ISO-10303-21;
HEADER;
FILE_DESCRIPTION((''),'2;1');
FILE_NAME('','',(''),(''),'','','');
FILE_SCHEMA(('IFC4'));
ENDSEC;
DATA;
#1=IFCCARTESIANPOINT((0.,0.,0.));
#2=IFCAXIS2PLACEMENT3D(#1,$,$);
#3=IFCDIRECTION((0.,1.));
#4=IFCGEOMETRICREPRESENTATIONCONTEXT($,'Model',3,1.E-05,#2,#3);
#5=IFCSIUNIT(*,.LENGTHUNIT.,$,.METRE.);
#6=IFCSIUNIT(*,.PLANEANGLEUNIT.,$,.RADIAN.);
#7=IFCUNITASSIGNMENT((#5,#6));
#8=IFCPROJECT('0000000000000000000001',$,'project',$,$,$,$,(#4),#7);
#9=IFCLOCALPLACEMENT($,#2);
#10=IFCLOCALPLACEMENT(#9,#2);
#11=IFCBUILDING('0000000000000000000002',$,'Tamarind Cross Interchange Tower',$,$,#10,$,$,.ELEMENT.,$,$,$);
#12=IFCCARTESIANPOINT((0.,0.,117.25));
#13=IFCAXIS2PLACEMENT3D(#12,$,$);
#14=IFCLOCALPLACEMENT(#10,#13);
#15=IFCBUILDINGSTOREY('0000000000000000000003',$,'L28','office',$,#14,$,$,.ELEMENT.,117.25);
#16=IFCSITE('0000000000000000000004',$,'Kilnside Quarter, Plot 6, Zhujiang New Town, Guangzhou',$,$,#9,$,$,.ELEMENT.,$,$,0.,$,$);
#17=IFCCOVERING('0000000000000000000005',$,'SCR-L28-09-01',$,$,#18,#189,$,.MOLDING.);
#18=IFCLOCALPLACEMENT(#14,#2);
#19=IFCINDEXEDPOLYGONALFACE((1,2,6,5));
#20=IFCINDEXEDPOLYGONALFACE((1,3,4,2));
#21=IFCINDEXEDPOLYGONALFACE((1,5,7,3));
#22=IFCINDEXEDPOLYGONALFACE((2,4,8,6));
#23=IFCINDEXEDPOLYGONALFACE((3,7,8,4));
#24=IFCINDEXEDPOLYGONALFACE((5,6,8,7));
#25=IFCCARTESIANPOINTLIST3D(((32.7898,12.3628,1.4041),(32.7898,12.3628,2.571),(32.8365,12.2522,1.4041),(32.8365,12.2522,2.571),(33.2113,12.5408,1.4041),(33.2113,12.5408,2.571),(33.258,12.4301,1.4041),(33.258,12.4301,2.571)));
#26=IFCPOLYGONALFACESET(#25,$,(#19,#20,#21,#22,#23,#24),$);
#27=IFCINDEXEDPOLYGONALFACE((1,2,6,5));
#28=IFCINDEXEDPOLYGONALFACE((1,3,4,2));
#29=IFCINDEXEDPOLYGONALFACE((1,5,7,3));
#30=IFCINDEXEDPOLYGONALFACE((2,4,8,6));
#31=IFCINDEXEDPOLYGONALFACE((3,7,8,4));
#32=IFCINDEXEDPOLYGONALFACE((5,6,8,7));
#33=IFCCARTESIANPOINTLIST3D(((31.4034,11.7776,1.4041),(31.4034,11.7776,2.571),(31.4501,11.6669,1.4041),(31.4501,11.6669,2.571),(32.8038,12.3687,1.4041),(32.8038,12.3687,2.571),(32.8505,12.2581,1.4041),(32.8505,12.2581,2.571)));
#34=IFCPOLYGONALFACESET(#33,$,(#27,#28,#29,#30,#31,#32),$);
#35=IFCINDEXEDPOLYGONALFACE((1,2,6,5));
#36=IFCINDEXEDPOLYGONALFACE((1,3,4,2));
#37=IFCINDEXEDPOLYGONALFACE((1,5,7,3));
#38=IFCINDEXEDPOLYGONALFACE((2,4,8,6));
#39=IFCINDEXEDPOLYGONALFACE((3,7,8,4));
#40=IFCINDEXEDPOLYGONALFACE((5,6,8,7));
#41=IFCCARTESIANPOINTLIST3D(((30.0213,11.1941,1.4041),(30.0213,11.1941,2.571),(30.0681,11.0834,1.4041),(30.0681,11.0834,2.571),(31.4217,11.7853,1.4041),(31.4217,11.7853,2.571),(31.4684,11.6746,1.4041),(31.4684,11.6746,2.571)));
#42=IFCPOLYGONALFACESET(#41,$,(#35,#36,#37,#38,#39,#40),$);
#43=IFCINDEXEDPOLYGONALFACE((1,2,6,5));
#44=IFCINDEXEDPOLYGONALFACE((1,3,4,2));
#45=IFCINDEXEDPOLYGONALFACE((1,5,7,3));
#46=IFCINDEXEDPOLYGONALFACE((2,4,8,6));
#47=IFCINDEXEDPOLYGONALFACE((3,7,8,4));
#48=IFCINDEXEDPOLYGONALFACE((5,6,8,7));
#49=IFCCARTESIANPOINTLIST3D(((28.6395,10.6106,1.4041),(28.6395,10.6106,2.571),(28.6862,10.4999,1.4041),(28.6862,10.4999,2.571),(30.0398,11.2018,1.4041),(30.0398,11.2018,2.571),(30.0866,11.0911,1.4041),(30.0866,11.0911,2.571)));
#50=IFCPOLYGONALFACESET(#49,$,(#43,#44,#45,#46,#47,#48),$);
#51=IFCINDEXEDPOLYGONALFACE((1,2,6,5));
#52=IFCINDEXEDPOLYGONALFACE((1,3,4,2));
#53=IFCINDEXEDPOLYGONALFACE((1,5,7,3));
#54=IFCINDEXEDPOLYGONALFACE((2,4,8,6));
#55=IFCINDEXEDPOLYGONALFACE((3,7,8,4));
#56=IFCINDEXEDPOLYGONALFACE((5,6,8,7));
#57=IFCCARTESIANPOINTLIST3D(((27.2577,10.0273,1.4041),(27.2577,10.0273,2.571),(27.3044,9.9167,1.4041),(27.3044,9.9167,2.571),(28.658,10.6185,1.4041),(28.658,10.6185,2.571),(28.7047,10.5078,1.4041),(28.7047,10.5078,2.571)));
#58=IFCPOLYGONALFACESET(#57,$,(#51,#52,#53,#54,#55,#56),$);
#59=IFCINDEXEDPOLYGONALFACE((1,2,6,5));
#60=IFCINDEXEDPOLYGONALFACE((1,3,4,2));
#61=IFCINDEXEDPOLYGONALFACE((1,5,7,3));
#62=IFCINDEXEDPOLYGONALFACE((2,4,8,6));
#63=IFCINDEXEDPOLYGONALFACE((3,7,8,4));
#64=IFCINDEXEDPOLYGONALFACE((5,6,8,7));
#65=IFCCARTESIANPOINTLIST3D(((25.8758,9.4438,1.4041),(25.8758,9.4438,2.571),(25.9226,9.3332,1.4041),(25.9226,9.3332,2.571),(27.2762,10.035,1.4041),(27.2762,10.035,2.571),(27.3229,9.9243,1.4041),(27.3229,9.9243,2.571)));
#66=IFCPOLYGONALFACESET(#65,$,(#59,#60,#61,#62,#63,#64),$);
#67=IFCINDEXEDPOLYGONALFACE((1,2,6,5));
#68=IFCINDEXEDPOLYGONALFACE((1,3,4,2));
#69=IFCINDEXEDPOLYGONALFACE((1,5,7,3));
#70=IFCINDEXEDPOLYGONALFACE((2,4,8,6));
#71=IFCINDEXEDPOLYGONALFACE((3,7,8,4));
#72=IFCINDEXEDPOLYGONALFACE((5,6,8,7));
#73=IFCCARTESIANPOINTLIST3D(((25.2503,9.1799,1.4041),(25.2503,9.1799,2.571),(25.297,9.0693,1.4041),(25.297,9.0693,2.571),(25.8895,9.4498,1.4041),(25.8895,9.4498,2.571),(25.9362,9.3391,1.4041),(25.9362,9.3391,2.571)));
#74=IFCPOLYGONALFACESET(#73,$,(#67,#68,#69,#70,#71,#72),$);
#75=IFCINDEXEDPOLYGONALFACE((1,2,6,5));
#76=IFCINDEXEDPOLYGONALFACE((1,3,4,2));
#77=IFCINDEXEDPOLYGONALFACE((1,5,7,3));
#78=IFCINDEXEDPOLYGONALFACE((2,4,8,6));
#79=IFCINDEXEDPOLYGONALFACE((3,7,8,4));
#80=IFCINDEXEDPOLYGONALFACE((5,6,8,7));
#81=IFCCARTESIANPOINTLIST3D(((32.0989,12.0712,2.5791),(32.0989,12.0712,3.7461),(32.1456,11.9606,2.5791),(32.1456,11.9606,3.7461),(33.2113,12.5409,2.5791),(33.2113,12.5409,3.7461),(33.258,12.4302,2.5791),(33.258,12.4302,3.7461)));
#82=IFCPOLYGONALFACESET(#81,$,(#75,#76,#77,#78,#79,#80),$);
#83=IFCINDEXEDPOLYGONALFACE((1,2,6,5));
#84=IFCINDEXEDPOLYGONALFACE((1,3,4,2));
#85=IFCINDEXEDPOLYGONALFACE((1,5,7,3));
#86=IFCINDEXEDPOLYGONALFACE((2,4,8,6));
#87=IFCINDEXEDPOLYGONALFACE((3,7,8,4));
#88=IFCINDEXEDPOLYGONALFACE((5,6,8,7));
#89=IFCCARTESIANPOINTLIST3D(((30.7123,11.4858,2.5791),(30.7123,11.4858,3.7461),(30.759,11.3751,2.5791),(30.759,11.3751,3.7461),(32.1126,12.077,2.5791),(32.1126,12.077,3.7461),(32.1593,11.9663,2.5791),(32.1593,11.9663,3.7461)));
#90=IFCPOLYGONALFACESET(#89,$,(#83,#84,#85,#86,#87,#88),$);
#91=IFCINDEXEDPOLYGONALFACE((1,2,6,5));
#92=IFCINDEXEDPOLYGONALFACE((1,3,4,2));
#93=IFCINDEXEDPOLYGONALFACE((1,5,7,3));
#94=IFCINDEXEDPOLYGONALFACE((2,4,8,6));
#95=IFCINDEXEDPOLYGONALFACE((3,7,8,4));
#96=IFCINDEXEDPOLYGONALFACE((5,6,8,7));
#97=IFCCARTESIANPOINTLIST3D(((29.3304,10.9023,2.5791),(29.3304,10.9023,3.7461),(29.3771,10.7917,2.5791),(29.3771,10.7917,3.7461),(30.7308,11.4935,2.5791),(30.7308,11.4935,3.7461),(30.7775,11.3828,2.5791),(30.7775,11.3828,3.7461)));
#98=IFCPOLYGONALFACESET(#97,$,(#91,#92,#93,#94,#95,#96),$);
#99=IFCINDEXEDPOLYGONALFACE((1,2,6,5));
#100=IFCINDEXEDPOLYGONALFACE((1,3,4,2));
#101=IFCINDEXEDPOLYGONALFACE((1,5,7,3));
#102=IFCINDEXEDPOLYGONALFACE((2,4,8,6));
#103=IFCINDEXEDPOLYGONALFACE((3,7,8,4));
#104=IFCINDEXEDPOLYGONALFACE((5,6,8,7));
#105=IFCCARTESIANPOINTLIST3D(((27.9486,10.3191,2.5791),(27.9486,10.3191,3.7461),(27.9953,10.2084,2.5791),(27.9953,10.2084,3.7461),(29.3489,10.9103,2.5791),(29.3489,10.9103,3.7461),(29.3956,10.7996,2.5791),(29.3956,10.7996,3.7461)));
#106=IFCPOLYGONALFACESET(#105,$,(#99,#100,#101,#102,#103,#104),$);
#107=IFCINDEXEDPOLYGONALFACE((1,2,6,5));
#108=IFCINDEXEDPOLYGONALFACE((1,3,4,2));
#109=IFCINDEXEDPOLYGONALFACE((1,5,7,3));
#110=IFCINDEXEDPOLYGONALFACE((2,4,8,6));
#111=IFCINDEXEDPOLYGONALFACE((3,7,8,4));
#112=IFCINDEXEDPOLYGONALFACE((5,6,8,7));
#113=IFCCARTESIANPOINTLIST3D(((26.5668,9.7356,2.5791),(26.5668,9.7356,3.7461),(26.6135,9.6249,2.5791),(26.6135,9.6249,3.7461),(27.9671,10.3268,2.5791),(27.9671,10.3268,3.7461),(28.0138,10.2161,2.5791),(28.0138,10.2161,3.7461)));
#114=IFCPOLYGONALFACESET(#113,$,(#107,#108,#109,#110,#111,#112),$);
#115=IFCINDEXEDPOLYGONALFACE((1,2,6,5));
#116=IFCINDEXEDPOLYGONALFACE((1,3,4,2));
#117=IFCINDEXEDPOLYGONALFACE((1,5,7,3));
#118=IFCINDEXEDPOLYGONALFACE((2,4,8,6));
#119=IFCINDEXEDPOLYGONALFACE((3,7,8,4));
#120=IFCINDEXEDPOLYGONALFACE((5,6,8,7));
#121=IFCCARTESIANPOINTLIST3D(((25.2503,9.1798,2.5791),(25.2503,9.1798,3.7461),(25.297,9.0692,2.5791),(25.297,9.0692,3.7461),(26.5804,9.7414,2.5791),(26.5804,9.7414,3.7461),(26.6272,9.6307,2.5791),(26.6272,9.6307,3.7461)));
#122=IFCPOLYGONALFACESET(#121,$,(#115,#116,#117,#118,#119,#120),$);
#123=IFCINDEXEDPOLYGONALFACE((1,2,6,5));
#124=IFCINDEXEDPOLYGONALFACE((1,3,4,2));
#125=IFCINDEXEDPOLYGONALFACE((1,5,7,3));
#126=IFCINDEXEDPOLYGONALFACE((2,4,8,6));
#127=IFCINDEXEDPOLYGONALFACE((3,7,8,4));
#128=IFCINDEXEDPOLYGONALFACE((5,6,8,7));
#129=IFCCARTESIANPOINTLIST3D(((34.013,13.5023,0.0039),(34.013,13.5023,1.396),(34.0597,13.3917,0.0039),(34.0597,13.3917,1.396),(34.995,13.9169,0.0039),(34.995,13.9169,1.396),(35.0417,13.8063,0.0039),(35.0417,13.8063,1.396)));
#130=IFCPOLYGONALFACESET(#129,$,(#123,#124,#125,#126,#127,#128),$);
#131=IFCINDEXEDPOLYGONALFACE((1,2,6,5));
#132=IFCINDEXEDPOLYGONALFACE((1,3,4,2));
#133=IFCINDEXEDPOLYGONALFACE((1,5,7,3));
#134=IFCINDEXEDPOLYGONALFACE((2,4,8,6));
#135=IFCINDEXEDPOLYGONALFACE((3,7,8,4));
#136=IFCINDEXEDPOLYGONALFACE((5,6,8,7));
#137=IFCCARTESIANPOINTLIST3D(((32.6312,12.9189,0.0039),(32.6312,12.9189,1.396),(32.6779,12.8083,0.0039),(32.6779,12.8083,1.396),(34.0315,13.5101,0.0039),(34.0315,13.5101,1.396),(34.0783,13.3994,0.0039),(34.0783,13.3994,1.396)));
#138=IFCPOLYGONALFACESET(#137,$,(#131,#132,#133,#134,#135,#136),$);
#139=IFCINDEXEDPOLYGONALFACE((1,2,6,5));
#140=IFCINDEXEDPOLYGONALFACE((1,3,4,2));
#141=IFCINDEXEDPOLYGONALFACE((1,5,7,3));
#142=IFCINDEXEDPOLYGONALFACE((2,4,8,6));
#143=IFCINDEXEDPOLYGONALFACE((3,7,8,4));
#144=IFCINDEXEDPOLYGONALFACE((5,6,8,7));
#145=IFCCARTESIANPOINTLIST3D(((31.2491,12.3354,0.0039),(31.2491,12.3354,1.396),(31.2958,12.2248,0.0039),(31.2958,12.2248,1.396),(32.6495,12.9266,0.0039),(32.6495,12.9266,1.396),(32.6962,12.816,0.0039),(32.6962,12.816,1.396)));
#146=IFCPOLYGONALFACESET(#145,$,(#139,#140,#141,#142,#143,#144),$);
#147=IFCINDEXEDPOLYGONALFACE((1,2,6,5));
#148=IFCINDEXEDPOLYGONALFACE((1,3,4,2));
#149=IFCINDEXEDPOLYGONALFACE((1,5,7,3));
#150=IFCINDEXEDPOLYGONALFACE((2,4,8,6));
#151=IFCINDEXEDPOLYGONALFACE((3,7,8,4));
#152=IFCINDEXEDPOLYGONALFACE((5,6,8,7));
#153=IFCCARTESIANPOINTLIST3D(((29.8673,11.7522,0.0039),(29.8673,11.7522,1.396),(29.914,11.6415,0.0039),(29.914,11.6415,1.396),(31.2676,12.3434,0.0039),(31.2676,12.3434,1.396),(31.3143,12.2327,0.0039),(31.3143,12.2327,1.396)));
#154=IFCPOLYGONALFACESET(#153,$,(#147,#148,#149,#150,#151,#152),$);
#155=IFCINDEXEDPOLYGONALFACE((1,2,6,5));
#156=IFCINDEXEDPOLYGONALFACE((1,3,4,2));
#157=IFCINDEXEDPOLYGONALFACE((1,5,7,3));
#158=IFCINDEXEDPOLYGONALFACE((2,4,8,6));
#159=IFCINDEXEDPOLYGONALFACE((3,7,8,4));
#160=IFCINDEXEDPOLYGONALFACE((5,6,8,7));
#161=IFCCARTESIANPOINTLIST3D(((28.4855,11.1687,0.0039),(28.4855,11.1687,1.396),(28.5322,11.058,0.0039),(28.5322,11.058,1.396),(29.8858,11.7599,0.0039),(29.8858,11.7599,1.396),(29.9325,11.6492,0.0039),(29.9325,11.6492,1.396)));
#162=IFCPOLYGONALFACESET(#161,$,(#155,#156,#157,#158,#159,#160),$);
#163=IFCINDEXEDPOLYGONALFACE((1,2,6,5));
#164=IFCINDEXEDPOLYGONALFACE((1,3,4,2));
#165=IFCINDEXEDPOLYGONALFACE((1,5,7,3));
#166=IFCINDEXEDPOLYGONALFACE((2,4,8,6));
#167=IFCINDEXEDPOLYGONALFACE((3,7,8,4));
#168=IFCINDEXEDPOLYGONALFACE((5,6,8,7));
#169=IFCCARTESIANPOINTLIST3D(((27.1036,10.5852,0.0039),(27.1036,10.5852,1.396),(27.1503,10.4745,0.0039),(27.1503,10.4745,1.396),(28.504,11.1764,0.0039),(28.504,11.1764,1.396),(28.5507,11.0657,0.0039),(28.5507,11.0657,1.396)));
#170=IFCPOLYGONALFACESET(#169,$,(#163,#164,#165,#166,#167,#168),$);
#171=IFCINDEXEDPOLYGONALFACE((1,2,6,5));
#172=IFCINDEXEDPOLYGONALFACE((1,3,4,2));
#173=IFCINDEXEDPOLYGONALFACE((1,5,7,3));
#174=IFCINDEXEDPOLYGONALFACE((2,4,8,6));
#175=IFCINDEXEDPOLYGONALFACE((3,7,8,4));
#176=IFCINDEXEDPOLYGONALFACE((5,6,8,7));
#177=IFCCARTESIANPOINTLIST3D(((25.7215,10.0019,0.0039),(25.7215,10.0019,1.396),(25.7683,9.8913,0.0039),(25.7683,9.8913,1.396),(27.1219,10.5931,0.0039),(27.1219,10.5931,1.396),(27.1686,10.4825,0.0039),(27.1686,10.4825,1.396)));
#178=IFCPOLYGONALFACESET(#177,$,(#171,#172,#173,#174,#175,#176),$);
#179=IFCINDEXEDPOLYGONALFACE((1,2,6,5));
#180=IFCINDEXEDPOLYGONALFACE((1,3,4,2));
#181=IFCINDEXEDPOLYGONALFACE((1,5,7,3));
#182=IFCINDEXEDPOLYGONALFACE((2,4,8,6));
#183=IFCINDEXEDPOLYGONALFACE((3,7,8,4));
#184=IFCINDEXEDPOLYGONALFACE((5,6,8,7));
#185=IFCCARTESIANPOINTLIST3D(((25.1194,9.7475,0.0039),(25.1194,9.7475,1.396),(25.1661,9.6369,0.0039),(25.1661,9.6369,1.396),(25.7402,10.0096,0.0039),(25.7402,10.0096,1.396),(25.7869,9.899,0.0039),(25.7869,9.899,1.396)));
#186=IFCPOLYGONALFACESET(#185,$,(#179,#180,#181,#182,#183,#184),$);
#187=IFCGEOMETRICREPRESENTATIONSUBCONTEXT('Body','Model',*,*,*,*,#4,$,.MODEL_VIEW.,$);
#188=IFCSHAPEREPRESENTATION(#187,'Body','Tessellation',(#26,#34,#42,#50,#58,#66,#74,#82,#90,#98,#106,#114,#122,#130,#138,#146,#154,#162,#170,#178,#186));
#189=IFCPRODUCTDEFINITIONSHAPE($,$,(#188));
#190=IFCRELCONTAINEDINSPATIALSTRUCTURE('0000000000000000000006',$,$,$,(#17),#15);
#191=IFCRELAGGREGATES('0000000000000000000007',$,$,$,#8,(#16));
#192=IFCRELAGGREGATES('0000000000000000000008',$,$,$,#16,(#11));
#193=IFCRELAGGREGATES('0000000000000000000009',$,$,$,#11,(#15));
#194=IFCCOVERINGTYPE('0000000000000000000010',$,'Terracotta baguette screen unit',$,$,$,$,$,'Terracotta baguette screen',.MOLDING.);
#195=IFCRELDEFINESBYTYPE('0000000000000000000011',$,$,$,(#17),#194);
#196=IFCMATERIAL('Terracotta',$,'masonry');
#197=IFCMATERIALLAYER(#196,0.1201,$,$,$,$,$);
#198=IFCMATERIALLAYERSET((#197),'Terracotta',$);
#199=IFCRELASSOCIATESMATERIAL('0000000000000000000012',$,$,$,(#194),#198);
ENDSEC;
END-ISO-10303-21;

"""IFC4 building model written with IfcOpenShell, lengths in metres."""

from ifc_helpers import new_model, si_unit, direction, frame, origin, origin_2d, place, context, subcontext, project, spatial, rectangle, extrude, material, layer, layer_set, type_object, element, save


model = new_model("IFC4")

# Units and contexts
model_context = context("Model", 3, precision=1e-05, world=origin(), true_north=direction((0.0, 1.0)))
body_context = subcontext(model_context, "Body", "Model", "MODEL_VIEW")
ifc_project = project(units=[si_unit("LENGTHUNIT", "METRE"), si_unit("PLANEANGLEUNIT", "RADIAN")], contexts=[model_context])

# Site, building, storey
site_placement = place(None, origin())
site = spatial("IfcSite", under=ifc_project, at=site_placement, Name="Kilnside Quarter, Plot 6, Zhujiang New Town, Guangzhou", CompositionType="ELEMENT", RefElevation=0.0)
building_placement = place(site_placement, origin())
building = spatial("IfcBuilding", under=site, at=building_placement, Name="Tamarind Cross Interchange Tower", CompositionType="ELEMENT")
storey_placement = place(building_placement, frame((0.0, 0.0, 117.25)))
storey = spatial("IfcBuildingStorey", under=building, at=storey_placement, Name="L28", Description="office", CompositionType="ELEMENT", Elevation=117.25)

# Covering
ifc_material_1 = material(Name="Terracotta", Category="masonry")
ifc_layer_1 = layer(ifc_material_1, 0.1201)
ifc_layer_set_1 = layer_set([ifc_layer_1], Name="Terracotta")
covering_type = type_object("IfcCoveringType", Name="Terracotta baguette screen unit", ElementType="Terracotta baguette screen", PredefinedType="MOLDING", material=ifc_layer_set_1)
covering_1_placement = place(storey_placement, origin())
element("IfcCovering", 1, at=covering_1_placement, inside=storey, type_object=covering_type, Name="SCR-L28-09-01", PredefinedType="MOLDING", context=body_context, shape_type="SweptSolid", body=[
    extrude(rectangle(XDim=0.4575, YDim=0.1201, at=origin_2d()), frame((33.0239, 12.3965, 1.4041), z_axis=(0.0, 0.0, 1.0), x_axis=(-0.921264, -0.388939, 0.0)), (0.0, 0.0, 1.0), 1.167),
    extrude(rectangle(XDim=1.52, YDim=0.1201, at=origin_2d()), frame((32.127, 12.0178, 1.4041), z_axis=(0.0, 0.0, 1.0), x_axis=(-0.921264, -0.388939, 0.0)), (0.0, 0.0, 1.0), 1.167),
    extrude(rectangle(XDim=1.52, YDim=0.1201, at=origin_2d()), frame((30.7449, 11.4343, 1.4041), z_axis=(0.0, 0.0, 1.0), x_axis=(-0.921264, -0.388939, 0.0)), (0.0, 0.0, 1.0), 1.167),
    extrude(rectangle(XDim=1.52, YDim=0.1201, at=origin_2d()), frame((29.363, 10.8508, 1.4041), z_axis=(0.0, 0.0, 1.0), x_axis=(-0.921264, -0.388939, 0.0)), (0.0, 0.0, 1.0), 1.167),
    extrude(rectangle(XDim=1.52, YDim=0.1201, at=origin_2d()), frame((27.9812, 10.2676, 1.4041), z_axis=(0.0, 0.0, 1.0), x_axis=(-0.921264, -0.388939, 0.0)), (0.0, 0.0, 1.0), 1.167),
    extrude(rectangle(XDim=1.52, YDim=0.1201, at=origin_2d()), frame((26.5994, 9.6841, 1.4041), z_axis=(0.0, 0.0, 1.0), x_axis=(-0.921264, -0.388939, 0.0)), (0.0, 0.0, 1.0), 1.167),
    extrude(rectangle(XDim=0.6938, YDim=0.1201, at=origin_2d()), frame((25.5933, 9.2595, 1.4041), z_axis=(0.0, 0.0, 1.0), x_axis=(-0.921264, -0.388939, 0.0)), (0.0, 0.0, 1.0), 1.167),
    extrude(rectangle(XDim=1.2075, YDim=0.1201, at=origin_2d()), frame((32.6785, 12.2507, 2.5791), z_axis=(0.0, 0.0, 1.0), x_axis=(-0.921264, -0.388939, 0.0)), (0.0, 0.0, 1.0), 1.167),
    extrude(rectangle(XDim=1.52, YDim=0.1201, at=origin_2d()), frame((31.4358, 11.7261, 2.5791), z_axis=(0.0, 0.0, 1.0), x_axis=(-0.921264, -0.388939, 0.0)), (0.0, 0.0, 1.0), 1.167),
    extrude(rectangle(XDim=1.52, YDim=0.1201, at=origin_2d()), frame((30.054, 11.1426, 2.5791), z_axis=(0.0, 0.0, 1.0), x_axis=(-0.921264, -0.388939, 0.0)), (0.0, 0.0, 1.0), 1.167),
    extrude(rectangle(XDim=1.52, YDim=0.1201, at=origin_2d()), frame((28.6721, 10.5593, 2.5791), z_axis=(0.0, 0.0, 1.0), x_axis=(-0.921264, -0.388939, 0.0)), (0.0, 0.0, 1.0), 1.167),
    extrude(rectangle(XDim=1.52, YDim=0.1201, at=origin_2d()), frame((27.2903, 9.9758, 2.5791), z_axis=(0.0, 0.0, 1.0), x_axis=(-0.921264, -0.388939, 0.0)), (0.0, 0.0, 1.0), 1.167),
    extrude(rectangle(XDim=1.4438, YDim=0.1201, at=origin_2d()), frame((25.9387, 9.4053, 2.5791), z_axis=(0.0, 0.0, 1.0), x_axis=(-0.921264, -0.388939, 0.0)), (0.0, 0.0, 1.0), 1.167),
    extrude(rectangle(XDim=1.0659, YDim=0.1201, at=origin_2d()), frame((34.5273, 13.6543, 0.0039), z_axis=(0.0, 0.0, 1.0), x_axis=(-0.921264, -0.388939, 0.0)), (0.0, 0.0, 1.0), 1.3921),
    extrude(rectangle(XDim=1.52, YDim=0.1201, at=origin_2d()), frame((33.3547, 13.1592, 0.0039), z_axis=(0.0, 0.0, 1.0), x_axis=(-0.921264, -0.388939, 0.0)), (0.0, 0.0, 1.0), 1.3921),
    extrude(rectangle(XDim=1.52, YDim=0.1201, at=origin_2d()), frame((31.9727, 12.5757, 0.0039), z_axis=(0.0, 0.0, 1.0), x_axis=(-0.921264, -0.388939, 0.0)), (0.0, 0.0, 1.0), 1.3921),
    extrude(rectangle(XDim=1.52, YDim=0.1201, at=origin_2d()), frame((30.5908, 11.9924, 0.0039), z_axis=(0.0, 0.0, 1.0), x_axis=(-0.921264, -0.388939, 0.0)), (0.0, 0.0, 1.0), 1.3921),
    extrude(rectangle(XDim=1.52, YDim=0.1201, at=origin_2d()), frame((29.209, 11.4089, 0.0039), z_axis=(0.0, 0.0, 1.0), x_axis=(-0.921264, -0.388939, 0.0)), (0.0, 0.0, 1.0), 1.3921),
    extrude(rectangle(XDim=1.52, YDim=0.1201, at=origin_2d()), frame((27.8271, 10.8254, 0.0039), z_axis=(0.0, 0.0, 1.0), x_axis=(-0.921264, -0.388939, 0.0)), (0.0, 0.0, 1.0), 1.3921),
    extrude(rectangle(XDim=1.52, YDim=0.1201, at=origin_2d()), frame((26.4451, 10.2422, 0.0039), z_axis=(0.0, 0.0, 1.0), x_axis=(-0.921264, -0.388939, 0.0)), (0.0, 0.0, 1.0), 1.3921),
    extrude(rectangle(XDim=0.6738, YDim=0.1201, at=origin_2d()), frame((25.4531, 9.8232, 0.0039), z_axis=(0.0, 0.0, 1.0), x_axis=(-0.921264, -0.388939, 0.0)), (0.0, 0.0, 1.0), 1.3921),
])

save(model, "model.ifc")
